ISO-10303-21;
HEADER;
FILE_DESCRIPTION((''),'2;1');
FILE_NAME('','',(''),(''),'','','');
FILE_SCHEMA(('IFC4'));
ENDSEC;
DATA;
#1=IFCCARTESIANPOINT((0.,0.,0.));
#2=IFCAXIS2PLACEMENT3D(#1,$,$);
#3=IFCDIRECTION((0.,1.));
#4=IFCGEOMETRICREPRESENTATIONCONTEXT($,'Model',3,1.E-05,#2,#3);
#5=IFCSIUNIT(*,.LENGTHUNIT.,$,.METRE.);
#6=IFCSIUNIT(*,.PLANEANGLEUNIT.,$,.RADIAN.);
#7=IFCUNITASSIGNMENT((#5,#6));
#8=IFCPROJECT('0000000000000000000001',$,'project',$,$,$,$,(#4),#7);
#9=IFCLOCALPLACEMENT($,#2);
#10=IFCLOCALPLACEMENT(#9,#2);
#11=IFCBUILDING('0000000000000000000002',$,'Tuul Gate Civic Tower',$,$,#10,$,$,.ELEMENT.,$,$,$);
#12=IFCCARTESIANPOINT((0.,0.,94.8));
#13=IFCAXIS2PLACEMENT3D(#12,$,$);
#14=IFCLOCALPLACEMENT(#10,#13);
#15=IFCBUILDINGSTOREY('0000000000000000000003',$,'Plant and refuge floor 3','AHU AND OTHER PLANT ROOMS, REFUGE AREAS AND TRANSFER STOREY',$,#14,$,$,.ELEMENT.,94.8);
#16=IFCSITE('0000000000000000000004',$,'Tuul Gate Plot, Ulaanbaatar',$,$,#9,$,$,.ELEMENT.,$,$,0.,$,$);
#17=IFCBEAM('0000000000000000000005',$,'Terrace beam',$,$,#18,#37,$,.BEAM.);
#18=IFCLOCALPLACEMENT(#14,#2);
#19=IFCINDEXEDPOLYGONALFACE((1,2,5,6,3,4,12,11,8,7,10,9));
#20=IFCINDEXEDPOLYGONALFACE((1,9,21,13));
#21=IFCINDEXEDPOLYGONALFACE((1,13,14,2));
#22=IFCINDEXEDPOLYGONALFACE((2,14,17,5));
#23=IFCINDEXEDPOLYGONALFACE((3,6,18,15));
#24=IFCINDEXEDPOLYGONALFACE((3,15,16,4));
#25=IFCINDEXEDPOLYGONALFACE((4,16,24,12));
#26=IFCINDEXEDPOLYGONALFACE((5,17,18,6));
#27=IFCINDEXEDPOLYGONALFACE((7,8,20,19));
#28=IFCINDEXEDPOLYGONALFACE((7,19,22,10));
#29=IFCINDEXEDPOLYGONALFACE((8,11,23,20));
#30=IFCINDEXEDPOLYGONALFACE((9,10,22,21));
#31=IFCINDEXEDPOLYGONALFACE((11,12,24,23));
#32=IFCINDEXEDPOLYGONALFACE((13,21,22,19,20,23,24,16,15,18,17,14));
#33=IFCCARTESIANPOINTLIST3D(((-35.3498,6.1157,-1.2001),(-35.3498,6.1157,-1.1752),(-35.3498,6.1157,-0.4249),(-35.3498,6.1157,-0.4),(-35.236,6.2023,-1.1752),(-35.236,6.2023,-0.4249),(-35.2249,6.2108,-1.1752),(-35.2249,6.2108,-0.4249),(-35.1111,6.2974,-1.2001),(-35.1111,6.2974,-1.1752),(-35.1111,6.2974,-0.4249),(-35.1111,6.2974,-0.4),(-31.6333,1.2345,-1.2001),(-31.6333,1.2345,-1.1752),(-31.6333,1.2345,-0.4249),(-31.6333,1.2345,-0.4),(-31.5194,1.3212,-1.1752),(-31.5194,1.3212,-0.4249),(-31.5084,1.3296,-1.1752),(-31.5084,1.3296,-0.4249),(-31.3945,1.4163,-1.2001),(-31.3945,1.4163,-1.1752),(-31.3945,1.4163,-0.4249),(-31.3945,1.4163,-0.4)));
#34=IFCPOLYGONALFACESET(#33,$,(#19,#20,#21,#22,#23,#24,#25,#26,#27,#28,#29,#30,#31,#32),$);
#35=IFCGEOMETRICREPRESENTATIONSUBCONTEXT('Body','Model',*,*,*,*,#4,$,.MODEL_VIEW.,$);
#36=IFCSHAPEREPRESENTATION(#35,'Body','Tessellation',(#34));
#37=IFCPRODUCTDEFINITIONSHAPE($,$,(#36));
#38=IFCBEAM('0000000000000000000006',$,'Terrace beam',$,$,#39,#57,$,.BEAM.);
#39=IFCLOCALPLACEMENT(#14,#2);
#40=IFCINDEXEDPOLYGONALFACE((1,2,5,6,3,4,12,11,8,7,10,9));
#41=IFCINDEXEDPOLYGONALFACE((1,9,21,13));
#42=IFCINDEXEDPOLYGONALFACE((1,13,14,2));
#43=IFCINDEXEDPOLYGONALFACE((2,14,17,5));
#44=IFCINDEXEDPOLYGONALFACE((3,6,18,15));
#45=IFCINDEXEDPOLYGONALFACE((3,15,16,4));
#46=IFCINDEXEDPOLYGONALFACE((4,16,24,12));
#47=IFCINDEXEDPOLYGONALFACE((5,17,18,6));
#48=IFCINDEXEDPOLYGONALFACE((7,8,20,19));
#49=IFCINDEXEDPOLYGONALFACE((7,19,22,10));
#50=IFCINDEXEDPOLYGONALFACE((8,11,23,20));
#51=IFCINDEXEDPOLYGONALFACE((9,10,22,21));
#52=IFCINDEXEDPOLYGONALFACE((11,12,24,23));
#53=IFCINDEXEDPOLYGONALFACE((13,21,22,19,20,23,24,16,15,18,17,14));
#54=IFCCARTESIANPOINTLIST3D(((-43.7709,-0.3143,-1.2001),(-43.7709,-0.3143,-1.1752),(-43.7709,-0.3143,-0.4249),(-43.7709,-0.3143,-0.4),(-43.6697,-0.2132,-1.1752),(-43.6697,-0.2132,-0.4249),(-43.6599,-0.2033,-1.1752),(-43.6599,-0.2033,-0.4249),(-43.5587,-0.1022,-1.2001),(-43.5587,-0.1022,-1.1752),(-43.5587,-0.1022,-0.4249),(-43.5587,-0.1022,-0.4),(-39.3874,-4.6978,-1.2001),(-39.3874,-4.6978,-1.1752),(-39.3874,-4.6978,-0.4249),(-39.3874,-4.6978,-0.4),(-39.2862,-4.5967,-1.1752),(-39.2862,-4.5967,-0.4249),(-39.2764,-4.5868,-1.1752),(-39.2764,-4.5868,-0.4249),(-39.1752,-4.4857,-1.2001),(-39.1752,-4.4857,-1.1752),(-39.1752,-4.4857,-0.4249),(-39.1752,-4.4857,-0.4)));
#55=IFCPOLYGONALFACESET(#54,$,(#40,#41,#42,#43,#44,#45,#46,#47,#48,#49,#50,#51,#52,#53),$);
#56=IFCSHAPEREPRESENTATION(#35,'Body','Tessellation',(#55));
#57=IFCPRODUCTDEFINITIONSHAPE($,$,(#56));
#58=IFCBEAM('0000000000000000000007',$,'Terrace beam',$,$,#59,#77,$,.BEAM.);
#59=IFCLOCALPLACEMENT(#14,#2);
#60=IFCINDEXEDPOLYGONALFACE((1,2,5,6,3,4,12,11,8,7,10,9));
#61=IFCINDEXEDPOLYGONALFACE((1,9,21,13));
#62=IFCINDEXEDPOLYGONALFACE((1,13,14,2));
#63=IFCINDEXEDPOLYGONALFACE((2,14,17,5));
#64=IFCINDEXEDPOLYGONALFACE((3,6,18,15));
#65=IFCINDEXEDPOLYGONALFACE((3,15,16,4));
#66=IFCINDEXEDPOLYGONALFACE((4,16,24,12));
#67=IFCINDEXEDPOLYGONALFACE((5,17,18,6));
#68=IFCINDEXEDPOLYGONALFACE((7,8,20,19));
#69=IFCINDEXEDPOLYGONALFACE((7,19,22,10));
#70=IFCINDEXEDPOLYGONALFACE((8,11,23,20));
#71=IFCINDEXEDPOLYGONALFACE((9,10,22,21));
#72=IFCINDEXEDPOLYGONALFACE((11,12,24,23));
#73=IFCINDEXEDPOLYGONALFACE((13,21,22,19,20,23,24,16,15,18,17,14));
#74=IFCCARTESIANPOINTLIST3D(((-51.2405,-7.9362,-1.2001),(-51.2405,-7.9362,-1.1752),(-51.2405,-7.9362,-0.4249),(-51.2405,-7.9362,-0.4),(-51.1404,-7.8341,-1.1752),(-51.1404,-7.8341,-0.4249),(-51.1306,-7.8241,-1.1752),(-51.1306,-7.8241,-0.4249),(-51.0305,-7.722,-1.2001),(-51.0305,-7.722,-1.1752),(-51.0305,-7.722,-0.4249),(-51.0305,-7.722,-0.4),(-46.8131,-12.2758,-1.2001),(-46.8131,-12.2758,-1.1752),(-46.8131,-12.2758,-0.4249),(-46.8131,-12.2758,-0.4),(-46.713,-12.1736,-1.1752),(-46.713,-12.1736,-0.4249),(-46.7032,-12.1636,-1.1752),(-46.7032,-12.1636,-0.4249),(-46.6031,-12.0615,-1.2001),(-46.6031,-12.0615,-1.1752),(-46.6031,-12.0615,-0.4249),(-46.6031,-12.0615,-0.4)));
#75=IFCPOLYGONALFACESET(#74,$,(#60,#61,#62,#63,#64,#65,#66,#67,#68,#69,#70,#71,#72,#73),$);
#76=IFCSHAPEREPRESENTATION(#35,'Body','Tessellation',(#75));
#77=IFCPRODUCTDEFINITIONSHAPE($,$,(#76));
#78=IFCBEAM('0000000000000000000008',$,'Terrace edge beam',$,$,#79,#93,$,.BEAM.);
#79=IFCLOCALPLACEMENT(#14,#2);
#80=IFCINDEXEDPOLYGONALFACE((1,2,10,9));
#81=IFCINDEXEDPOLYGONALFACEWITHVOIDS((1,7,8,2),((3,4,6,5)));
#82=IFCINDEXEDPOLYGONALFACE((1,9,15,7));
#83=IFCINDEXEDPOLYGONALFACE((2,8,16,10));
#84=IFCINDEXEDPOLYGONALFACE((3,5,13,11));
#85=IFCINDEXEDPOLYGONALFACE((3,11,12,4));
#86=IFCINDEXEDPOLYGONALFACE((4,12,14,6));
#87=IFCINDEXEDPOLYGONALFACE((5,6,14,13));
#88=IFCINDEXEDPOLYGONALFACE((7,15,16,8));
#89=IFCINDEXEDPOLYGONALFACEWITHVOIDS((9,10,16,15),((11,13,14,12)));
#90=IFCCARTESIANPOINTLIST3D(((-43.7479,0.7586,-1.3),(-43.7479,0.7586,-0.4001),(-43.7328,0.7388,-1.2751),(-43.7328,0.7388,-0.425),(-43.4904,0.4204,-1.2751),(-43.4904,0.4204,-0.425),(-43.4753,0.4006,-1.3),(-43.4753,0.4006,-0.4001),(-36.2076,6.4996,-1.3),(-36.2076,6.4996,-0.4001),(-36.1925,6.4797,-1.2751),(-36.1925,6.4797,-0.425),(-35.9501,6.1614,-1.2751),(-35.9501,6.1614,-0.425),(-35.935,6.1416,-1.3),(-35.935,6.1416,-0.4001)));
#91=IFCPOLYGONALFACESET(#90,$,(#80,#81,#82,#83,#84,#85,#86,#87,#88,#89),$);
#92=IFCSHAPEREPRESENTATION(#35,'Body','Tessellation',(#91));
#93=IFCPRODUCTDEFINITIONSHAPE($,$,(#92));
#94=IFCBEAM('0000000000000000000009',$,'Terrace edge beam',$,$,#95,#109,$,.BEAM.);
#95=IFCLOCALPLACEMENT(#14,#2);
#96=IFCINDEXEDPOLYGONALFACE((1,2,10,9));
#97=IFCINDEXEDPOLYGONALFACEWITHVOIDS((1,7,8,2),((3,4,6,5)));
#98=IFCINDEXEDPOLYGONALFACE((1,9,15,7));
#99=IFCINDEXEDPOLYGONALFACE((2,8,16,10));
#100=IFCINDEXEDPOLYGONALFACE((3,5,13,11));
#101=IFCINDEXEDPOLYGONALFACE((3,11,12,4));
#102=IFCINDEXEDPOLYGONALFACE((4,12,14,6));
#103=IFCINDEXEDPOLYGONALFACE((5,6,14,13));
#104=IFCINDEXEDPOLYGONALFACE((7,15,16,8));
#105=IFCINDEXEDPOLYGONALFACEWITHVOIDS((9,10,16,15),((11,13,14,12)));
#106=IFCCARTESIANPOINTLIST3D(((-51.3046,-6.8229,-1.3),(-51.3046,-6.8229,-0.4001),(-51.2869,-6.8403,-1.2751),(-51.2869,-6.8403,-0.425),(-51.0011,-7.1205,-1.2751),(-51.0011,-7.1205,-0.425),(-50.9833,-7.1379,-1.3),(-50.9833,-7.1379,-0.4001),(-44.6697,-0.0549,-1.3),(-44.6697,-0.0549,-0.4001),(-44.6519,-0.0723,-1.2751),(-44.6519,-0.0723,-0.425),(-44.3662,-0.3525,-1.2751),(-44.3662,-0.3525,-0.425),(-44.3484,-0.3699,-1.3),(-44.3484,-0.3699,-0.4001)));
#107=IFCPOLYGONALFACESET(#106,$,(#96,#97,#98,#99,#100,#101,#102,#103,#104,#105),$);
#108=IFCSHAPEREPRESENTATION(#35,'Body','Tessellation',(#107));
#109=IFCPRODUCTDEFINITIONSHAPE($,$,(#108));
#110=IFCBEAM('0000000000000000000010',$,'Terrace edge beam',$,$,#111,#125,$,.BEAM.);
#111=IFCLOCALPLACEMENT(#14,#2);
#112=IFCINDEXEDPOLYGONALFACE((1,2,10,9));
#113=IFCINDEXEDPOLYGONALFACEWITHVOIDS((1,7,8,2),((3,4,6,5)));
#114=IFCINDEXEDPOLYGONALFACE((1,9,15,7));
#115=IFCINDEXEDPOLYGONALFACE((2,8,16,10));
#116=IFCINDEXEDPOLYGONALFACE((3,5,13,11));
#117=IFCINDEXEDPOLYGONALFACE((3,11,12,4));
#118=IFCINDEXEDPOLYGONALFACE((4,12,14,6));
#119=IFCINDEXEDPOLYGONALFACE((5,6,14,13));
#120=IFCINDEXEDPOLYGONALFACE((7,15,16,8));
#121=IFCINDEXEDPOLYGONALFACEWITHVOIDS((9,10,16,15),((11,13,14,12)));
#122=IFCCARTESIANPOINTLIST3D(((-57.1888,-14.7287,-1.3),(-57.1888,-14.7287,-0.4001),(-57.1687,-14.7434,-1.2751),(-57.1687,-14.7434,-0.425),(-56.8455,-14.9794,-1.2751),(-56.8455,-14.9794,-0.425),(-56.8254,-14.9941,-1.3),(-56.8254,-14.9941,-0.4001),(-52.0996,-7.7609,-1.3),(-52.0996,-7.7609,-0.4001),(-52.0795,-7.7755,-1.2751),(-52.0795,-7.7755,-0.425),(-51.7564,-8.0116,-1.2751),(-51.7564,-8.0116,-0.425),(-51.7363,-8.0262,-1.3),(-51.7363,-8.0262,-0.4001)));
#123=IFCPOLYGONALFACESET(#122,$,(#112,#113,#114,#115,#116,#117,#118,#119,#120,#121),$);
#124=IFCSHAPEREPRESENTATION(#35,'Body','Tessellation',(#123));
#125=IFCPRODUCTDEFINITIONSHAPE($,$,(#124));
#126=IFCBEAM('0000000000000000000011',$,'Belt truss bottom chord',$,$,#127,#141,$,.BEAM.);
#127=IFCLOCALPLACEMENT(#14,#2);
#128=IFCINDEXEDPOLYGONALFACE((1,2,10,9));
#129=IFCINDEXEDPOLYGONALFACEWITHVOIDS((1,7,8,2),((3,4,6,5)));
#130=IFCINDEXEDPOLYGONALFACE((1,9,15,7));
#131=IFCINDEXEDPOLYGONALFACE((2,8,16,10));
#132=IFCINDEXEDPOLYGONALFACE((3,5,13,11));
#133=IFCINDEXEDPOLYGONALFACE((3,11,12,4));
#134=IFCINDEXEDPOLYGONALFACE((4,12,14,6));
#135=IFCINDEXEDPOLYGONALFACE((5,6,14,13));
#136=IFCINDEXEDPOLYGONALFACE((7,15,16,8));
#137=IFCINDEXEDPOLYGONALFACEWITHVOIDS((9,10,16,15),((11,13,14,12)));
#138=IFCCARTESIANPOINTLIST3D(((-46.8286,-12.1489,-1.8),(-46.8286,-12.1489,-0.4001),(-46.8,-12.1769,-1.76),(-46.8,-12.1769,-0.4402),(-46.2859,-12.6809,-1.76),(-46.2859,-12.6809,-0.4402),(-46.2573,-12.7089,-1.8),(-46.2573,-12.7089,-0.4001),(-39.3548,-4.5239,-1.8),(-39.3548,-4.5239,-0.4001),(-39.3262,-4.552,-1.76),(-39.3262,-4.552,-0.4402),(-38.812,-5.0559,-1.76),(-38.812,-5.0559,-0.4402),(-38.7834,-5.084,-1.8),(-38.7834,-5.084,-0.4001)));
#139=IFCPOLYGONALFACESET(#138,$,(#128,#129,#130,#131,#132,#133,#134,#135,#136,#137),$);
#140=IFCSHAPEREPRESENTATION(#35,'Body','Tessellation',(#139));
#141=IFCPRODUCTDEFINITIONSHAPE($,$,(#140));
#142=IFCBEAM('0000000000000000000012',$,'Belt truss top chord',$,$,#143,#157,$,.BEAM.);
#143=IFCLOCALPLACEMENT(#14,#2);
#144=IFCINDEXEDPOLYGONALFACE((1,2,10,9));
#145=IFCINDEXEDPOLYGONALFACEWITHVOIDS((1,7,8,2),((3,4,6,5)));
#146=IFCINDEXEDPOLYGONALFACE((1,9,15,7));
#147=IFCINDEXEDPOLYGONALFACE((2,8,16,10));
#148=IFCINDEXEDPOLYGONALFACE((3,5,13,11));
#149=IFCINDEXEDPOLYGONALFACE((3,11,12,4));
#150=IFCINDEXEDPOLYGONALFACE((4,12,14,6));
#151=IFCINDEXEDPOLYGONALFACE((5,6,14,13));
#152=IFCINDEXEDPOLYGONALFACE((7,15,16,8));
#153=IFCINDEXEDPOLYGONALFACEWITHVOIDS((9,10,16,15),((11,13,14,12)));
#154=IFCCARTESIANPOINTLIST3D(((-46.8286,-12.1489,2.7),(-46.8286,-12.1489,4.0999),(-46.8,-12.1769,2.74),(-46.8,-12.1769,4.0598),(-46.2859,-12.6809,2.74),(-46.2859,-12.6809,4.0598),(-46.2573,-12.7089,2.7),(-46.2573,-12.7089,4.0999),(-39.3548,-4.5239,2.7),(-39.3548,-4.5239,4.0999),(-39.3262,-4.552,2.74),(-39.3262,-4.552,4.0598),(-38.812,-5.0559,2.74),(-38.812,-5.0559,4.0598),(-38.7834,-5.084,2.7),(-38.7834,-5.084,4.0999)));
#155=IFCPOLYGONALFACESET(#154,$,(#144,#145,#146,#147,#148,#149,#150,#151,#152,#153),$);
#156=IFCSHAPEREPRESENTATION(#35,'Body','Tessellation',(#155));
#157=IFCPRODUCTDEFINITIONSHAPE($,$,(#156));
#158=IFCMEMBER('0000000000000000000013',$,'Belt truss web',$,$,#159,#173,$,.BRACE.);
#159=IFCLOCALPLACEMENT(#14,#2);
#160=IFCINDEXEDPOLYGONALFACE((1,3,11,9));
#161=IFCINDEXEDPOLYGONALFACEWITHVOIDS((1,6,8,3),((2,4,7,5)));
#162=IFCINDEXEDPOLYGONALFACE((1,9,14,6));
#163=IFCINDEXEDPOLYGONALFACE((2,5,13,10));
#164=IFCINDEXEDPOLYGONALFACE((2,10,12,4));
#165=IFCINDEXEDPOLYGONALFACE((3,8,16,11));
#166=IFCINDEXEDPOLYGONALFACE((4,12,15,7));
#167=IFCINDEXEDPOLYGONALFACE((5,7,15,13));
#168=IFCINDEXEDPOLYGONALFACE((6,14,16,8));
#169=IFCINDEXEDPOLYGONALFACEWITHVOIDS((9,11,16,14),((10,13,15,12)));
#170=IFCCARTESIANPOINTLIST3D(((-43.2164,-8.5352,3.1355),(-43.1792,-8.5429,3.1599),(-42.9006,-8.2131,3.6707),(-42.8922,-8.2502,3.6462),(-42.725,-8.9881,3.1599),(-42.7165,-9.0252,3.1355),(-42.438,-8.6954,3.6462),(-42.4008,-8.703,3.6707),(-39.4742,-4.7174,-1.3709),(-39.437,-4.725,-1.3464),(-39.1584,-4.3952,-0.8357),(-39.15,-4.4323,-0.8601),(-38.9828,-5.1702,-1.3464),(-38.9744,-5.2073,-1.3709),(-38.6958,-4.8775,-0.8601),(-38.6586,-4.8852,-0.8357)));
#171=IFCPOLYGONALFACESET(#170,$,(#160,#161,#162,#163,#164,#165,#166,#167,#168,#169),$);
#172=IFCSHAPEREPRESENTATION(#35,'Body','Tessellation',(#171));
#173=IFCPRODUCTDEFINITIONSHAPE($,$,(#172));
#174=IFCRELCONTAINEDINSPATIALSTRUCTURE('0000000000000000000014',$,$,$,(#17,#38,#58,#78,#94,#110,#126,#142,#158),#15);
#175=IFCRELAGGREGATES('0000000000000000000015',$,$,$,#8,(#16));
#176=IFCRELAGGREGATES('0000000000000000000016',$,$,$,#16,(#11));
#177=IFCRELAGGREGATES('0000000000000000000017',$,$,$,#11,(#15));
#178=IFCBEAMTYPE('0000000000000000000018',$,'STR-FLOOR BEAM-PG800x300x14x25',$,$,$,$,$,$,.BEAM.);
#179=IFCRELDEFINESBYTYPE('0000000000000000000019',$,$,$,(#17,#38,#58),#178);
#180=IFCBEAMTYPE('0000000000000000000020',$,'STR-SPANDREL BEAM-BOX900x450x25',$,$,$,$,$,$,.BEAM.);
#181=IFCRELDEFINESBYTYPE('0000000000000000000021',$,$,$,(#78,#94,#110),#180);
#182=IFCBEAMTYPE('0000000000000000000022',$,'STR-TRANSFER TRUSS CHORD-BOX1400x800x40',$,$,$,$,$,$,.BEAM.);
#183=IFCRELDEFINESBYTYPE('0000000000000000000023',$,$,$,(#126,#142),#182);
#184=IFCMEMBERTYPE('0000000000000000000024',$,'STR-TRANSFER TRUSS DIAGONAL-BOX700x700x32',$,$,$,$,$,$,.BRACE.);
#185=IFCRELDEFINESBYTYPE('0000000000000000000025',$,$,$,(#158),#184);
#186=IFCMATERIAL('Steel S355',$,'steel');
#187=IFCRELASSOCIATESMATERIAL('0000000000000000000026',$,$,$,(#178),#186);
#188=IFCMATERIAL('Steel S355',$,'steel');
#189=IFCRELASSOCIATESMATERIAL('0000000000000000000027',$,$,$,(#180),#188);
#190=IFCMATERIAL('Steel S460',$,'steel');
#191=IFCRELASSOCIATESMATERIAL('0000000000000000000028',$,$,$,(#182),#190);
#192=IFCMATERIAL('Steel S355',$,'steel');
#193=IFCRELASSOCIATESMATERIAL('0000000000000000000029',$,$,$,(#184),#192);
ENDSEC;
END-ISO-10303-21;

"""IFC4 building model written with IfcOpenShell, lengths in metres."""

from ifc_helpers import new_model, si_unit, direction, frame, origin, origin_2d, place, context, subcontext, project, spatial, hollow_rectangle, i_section, extrude, material, material_profile, profile_set, type_object, element, save


model = new_model("IFC4")

# Units and contexts
model_context = context("Model", 3, precision=1e-05, world=origin(), true_north=direction((0.0, 1.0)))
body_context = subcontext(model_context, "Body", "Model", "MODEL_VIEW")
ifc_project = project(units=[si_unit("LENGTHUNIT", "METRE"), si_unit("PLANEANGLEUNIT", "RADIAN")], contexts=[model_context])

# Site, building, storey
site_placement = place(None, origin())
site = spatial("IfcSite", under=ifc_project, at=site_placement, Name="Tuul Gate Plot, Ulaanbaatar", CompositionType="ELEMENT", RefElevation=0.0)
building_placement = place(site_placement, origin())
building = spatial("IfcBuilding", under=site, at=building_placement, Name="Tuul Gate Civic Tower", CompositionType="ELEMENT")
storey_placement = place(building_placement, frame((0.0, 0.0, 94.8)))
storey = spatial("IfcBuildingStorey", under=building, at=storey_placement, Name="Plant and refuge floor 3", Description="AHU AND OTHER PLANT ROOMS, REFUGE AREAS AND TRANSFER STOREY", CompositionType="ELEMENT", Elevation=94.8)

# Beams
ifc_material_1 = material(Name="Steel S355", Category="steel")
ifc_material_profile_1 = material_profile(ifc_material_1, i_section(OverallWidth=0.3, OverallDepth=0.8, WebThickness=0.0139, FlangeThickness=0.0249, at=origin_2d()), Name="PG800x300x14x25")
ifc_profile_set_1 = profile_set([ifc_material_profile_1], Name="Steel S355")
beam_type_1 = type_object("IfcBeamType", Name="STR-FLOOR BEAM-PG800x300x14x25", PredefinedType="BEAM", material=ifc_profile_set_1)
beam_1_placement = place(storey_placement, frame((-35.2305, 6.2065, -0.8), z_axis=(0.605797, -0.795619, 0.0), x_axis=(0.795619, 0.605797, 0.0)))
element("IfcBeam", 1, at=beam_1_placement, inside=storey, type_object=beam_type_1, Name="Terrace beam", PredefinedType="BEAM", context=body_context, shape_type="SweptSolid", body=[
    extrude(i_section(OverallWidth=0.3, OverallDepth=0.8, WebThickness=0.0139, FlangeThickness=0.0249, at=origin_2d()), origin(), (0.0, 0.0, 1.0), 6.135),
])
beam_2_placement = place(storey_placement, frame((-43.6648, -0.2083, -0.8), z_axis=(0.707107, -0.707107, 0.0), x_axis=(0.707107, 0.707107, 0.0)))
element("IfcBeam", 2, at=beam_2_placement, inside=storey, type_object=beam_type_1, Name="Terrace beam", PredefinedType="BEAM", context=body_context, shape_type="SweptSolid", body=[
    extrude(i_section(OverallWidth=0.3, OverallDepth=0.8, WebThickness=0.0139, FlangeThickness=0.0249, at=origin_2d()), origin(), (0.0, 0.0, 1.0), 6.1992),
])
beam_3_placement = place(storey_placement, frame((-51.1355, -7.8291, -0.8), z_axis=(0.71416, -0.699983, 0.0), x_axis=(0.699983, 0.71416, 0.0)))
element("IfcBeam", 3, at=beam_3_placement, inside=storey, type_object=beam_type_1, Name="Terrace beam", PredefinedType="BEAM", context=body_context, shape_type="SweptSolid", body=[
    extrude(i_section(OverallWidth=0.3, OverallDepth=0.8, WebThickness=0.0139, FlangeThickness=0.0249, at=origin_2d()), origin(), (0.0, 0.0, 1.0), 6.1995),
])
ifc_material_2 = material(Name="Steel S355", Category="steel")
ifc_material_profile_2 = material_profile(ifc_material_2, hollow_rectangle(XDim=0.45, YDim=0.8999, WallThickness=0.0249, at=origin_2d()), Name="BOX900x450x25")
ifc_profile_set_2 = profile_set([ifc_material_profile_2], Name="Steel S355")
beam_type_2 = type_object("IfcBeamType", Name="STR-SPANDREL BEAM-BOX900x450x25", PredefinedType="BEAM", material=ifc_profile_set_2)
beam_4_placement = place(storey_placement, frame((-36.0713, 6.3206, -0.8501), z_axis=(-0.795636, -0.605775, 0.0), x_axis=(0.605775, -0.795636, 0.0)))
element("IfcBeam", 4, at=beam_4_placement, inside=storey, type_object=beam_type_2, Name="Terrace edge beam", PredefinedType="BEAM", context=body_context, shape_type="SweptSolid", body=[
    extrude(hollow_rectangle(XDim=0.45, YDim=0.8999, WallThickness=0.0249, at=origin_2d()), origin(), (0.0, 0.0, 1.0), 9.4771),
])
beam_5_placement = place(storey_placement, frame((-44.509, -0.2124, -0.8501), z_axis=(-0.700053, -0.714091, 0.0), x_axis=(0.714091, -0.700053, 0.0)))
element("IfcBeam", 5, at=beam_5_placement, inside=storey, type_object=beam_type_2, Name="Terrace edge beam", PredefinedType="BEAM", context=body_context, shape_type="SweptSolid", body=[
    extrude(hollow_rectangle(XDim=0.45, YDim=0.8999, WallThickness=0.0249, at=origin_2d()), origin(), (0.0, 0.0, 1.0), 9.4778),
])
beam_6_placement = place(storey_placement, frame((-51.918, -7.8936, -0.8501), z_axis=(-0.589811, -0.807541, 0.0), x_axis=(0.807541, -0.589811, 0.0)))
element("IfcBeam", 6, at=beam_6_placement, inside=storey, type_object=beam_type_2, Name="Terrace edge beam", PredefinedType="BEAM", context=body_context, shape_type="SweptSolid", body=[
    extrude(hollow_rectangle(XDim=0.45, YDim=0.8999, WallThickness=0.0249, at=origin_2d()), origin(), (0.0, 0.0, 1.0), 8.6284),
])
ifc_material_3 = material(Name="Steel S460", Category="steel")
ifc_material_profile_3 = material_profile(ifc_material_3, hollow_rectangle(XDim=0.8, YDim=1.3999, WallThickness=0.04, at=origin_2d()), Name="BOX1400x800x40")
ifc_profile_set_3 = profile_set([ifc_material_profile_3], Name="Steel S460")
beam_type_3 = type_object("IfcBeamType", Name="STR-TRANSFER TRUSS CHORD-BOX1400x800x40", PredefinedType="BEAM", material=ifc_profile_set_3)
for number, where, z_axis, x_axis, name in (
    (7, (-39.0691, -4.804, -1.1001), (-0.699994, -0.714148, 0.0), (0.714148, -0.699994, 0.0), "Belt truss bottom chord"),
    (8, (-39.0691, -4.804, 3.3999), (-0.699994, -0.714148, 0.0), (0.714148, -0.699994, 0.0), "Belt truss top chord"),
):
    element("IfcBeam", number, at=place(storey_placement, frame(where, z_axis=z_axis, x_axis=x_axis)), inside=storey, type_object=beam_type_3, Name=name, PredefinedType="BEAM", context=body_context, shape_type="SweptSolid", body=[
        extrude(hollow_rectangle(XDim=0.8, YDim=1.3999, WallThickness=0.04, at=origin_2d()), origin(), (0.0, 0.0, 1.0), 10.677),
    ])

# Member
ifc_material_4 = material(Name="Steel S355", Category="steel")
ifc_material_profile_4 = material_profile(ifc_material_4, hollow_rectangle(XDim=0.7, YDim=0.7, WallThickness=0.032, at=origin_2d()), Name="BOX700x700x32")
ifc_profile_set_4 = profile_set([ifc_material_profile_4], Name="Steel S355")
member_type_1 = type_object("IfcMemberType", Name="STR-TRANSFER TRUSS DIAGONAL-BOX700x700x32", PredefinedType="BRACE", material=ifc_profile_set_4)
member_1_placement = place(storey_placement, frame((-39.0664, -4.8013, -1.1033), z_axis=(-0.535214, -0.546039, 0.644506), x_axis=(0.71415, -0.699993, 0.0)))
element("IfcMember", 9, at=member_1_placement, inside=storey, type_object=member_type_1, Name="Belt truss web", PredefinedType="BRACE", context=body_context, shape_type="SweptSolid", body=[
    extrude(hollow_rectangle(XDim=0.7, YDim=0.7, WallThickness=0.032, at=origin_2d()), origin(), (0.0, 0.0, 1.0), 6.9919),
])

save(model, "model.ifc")
